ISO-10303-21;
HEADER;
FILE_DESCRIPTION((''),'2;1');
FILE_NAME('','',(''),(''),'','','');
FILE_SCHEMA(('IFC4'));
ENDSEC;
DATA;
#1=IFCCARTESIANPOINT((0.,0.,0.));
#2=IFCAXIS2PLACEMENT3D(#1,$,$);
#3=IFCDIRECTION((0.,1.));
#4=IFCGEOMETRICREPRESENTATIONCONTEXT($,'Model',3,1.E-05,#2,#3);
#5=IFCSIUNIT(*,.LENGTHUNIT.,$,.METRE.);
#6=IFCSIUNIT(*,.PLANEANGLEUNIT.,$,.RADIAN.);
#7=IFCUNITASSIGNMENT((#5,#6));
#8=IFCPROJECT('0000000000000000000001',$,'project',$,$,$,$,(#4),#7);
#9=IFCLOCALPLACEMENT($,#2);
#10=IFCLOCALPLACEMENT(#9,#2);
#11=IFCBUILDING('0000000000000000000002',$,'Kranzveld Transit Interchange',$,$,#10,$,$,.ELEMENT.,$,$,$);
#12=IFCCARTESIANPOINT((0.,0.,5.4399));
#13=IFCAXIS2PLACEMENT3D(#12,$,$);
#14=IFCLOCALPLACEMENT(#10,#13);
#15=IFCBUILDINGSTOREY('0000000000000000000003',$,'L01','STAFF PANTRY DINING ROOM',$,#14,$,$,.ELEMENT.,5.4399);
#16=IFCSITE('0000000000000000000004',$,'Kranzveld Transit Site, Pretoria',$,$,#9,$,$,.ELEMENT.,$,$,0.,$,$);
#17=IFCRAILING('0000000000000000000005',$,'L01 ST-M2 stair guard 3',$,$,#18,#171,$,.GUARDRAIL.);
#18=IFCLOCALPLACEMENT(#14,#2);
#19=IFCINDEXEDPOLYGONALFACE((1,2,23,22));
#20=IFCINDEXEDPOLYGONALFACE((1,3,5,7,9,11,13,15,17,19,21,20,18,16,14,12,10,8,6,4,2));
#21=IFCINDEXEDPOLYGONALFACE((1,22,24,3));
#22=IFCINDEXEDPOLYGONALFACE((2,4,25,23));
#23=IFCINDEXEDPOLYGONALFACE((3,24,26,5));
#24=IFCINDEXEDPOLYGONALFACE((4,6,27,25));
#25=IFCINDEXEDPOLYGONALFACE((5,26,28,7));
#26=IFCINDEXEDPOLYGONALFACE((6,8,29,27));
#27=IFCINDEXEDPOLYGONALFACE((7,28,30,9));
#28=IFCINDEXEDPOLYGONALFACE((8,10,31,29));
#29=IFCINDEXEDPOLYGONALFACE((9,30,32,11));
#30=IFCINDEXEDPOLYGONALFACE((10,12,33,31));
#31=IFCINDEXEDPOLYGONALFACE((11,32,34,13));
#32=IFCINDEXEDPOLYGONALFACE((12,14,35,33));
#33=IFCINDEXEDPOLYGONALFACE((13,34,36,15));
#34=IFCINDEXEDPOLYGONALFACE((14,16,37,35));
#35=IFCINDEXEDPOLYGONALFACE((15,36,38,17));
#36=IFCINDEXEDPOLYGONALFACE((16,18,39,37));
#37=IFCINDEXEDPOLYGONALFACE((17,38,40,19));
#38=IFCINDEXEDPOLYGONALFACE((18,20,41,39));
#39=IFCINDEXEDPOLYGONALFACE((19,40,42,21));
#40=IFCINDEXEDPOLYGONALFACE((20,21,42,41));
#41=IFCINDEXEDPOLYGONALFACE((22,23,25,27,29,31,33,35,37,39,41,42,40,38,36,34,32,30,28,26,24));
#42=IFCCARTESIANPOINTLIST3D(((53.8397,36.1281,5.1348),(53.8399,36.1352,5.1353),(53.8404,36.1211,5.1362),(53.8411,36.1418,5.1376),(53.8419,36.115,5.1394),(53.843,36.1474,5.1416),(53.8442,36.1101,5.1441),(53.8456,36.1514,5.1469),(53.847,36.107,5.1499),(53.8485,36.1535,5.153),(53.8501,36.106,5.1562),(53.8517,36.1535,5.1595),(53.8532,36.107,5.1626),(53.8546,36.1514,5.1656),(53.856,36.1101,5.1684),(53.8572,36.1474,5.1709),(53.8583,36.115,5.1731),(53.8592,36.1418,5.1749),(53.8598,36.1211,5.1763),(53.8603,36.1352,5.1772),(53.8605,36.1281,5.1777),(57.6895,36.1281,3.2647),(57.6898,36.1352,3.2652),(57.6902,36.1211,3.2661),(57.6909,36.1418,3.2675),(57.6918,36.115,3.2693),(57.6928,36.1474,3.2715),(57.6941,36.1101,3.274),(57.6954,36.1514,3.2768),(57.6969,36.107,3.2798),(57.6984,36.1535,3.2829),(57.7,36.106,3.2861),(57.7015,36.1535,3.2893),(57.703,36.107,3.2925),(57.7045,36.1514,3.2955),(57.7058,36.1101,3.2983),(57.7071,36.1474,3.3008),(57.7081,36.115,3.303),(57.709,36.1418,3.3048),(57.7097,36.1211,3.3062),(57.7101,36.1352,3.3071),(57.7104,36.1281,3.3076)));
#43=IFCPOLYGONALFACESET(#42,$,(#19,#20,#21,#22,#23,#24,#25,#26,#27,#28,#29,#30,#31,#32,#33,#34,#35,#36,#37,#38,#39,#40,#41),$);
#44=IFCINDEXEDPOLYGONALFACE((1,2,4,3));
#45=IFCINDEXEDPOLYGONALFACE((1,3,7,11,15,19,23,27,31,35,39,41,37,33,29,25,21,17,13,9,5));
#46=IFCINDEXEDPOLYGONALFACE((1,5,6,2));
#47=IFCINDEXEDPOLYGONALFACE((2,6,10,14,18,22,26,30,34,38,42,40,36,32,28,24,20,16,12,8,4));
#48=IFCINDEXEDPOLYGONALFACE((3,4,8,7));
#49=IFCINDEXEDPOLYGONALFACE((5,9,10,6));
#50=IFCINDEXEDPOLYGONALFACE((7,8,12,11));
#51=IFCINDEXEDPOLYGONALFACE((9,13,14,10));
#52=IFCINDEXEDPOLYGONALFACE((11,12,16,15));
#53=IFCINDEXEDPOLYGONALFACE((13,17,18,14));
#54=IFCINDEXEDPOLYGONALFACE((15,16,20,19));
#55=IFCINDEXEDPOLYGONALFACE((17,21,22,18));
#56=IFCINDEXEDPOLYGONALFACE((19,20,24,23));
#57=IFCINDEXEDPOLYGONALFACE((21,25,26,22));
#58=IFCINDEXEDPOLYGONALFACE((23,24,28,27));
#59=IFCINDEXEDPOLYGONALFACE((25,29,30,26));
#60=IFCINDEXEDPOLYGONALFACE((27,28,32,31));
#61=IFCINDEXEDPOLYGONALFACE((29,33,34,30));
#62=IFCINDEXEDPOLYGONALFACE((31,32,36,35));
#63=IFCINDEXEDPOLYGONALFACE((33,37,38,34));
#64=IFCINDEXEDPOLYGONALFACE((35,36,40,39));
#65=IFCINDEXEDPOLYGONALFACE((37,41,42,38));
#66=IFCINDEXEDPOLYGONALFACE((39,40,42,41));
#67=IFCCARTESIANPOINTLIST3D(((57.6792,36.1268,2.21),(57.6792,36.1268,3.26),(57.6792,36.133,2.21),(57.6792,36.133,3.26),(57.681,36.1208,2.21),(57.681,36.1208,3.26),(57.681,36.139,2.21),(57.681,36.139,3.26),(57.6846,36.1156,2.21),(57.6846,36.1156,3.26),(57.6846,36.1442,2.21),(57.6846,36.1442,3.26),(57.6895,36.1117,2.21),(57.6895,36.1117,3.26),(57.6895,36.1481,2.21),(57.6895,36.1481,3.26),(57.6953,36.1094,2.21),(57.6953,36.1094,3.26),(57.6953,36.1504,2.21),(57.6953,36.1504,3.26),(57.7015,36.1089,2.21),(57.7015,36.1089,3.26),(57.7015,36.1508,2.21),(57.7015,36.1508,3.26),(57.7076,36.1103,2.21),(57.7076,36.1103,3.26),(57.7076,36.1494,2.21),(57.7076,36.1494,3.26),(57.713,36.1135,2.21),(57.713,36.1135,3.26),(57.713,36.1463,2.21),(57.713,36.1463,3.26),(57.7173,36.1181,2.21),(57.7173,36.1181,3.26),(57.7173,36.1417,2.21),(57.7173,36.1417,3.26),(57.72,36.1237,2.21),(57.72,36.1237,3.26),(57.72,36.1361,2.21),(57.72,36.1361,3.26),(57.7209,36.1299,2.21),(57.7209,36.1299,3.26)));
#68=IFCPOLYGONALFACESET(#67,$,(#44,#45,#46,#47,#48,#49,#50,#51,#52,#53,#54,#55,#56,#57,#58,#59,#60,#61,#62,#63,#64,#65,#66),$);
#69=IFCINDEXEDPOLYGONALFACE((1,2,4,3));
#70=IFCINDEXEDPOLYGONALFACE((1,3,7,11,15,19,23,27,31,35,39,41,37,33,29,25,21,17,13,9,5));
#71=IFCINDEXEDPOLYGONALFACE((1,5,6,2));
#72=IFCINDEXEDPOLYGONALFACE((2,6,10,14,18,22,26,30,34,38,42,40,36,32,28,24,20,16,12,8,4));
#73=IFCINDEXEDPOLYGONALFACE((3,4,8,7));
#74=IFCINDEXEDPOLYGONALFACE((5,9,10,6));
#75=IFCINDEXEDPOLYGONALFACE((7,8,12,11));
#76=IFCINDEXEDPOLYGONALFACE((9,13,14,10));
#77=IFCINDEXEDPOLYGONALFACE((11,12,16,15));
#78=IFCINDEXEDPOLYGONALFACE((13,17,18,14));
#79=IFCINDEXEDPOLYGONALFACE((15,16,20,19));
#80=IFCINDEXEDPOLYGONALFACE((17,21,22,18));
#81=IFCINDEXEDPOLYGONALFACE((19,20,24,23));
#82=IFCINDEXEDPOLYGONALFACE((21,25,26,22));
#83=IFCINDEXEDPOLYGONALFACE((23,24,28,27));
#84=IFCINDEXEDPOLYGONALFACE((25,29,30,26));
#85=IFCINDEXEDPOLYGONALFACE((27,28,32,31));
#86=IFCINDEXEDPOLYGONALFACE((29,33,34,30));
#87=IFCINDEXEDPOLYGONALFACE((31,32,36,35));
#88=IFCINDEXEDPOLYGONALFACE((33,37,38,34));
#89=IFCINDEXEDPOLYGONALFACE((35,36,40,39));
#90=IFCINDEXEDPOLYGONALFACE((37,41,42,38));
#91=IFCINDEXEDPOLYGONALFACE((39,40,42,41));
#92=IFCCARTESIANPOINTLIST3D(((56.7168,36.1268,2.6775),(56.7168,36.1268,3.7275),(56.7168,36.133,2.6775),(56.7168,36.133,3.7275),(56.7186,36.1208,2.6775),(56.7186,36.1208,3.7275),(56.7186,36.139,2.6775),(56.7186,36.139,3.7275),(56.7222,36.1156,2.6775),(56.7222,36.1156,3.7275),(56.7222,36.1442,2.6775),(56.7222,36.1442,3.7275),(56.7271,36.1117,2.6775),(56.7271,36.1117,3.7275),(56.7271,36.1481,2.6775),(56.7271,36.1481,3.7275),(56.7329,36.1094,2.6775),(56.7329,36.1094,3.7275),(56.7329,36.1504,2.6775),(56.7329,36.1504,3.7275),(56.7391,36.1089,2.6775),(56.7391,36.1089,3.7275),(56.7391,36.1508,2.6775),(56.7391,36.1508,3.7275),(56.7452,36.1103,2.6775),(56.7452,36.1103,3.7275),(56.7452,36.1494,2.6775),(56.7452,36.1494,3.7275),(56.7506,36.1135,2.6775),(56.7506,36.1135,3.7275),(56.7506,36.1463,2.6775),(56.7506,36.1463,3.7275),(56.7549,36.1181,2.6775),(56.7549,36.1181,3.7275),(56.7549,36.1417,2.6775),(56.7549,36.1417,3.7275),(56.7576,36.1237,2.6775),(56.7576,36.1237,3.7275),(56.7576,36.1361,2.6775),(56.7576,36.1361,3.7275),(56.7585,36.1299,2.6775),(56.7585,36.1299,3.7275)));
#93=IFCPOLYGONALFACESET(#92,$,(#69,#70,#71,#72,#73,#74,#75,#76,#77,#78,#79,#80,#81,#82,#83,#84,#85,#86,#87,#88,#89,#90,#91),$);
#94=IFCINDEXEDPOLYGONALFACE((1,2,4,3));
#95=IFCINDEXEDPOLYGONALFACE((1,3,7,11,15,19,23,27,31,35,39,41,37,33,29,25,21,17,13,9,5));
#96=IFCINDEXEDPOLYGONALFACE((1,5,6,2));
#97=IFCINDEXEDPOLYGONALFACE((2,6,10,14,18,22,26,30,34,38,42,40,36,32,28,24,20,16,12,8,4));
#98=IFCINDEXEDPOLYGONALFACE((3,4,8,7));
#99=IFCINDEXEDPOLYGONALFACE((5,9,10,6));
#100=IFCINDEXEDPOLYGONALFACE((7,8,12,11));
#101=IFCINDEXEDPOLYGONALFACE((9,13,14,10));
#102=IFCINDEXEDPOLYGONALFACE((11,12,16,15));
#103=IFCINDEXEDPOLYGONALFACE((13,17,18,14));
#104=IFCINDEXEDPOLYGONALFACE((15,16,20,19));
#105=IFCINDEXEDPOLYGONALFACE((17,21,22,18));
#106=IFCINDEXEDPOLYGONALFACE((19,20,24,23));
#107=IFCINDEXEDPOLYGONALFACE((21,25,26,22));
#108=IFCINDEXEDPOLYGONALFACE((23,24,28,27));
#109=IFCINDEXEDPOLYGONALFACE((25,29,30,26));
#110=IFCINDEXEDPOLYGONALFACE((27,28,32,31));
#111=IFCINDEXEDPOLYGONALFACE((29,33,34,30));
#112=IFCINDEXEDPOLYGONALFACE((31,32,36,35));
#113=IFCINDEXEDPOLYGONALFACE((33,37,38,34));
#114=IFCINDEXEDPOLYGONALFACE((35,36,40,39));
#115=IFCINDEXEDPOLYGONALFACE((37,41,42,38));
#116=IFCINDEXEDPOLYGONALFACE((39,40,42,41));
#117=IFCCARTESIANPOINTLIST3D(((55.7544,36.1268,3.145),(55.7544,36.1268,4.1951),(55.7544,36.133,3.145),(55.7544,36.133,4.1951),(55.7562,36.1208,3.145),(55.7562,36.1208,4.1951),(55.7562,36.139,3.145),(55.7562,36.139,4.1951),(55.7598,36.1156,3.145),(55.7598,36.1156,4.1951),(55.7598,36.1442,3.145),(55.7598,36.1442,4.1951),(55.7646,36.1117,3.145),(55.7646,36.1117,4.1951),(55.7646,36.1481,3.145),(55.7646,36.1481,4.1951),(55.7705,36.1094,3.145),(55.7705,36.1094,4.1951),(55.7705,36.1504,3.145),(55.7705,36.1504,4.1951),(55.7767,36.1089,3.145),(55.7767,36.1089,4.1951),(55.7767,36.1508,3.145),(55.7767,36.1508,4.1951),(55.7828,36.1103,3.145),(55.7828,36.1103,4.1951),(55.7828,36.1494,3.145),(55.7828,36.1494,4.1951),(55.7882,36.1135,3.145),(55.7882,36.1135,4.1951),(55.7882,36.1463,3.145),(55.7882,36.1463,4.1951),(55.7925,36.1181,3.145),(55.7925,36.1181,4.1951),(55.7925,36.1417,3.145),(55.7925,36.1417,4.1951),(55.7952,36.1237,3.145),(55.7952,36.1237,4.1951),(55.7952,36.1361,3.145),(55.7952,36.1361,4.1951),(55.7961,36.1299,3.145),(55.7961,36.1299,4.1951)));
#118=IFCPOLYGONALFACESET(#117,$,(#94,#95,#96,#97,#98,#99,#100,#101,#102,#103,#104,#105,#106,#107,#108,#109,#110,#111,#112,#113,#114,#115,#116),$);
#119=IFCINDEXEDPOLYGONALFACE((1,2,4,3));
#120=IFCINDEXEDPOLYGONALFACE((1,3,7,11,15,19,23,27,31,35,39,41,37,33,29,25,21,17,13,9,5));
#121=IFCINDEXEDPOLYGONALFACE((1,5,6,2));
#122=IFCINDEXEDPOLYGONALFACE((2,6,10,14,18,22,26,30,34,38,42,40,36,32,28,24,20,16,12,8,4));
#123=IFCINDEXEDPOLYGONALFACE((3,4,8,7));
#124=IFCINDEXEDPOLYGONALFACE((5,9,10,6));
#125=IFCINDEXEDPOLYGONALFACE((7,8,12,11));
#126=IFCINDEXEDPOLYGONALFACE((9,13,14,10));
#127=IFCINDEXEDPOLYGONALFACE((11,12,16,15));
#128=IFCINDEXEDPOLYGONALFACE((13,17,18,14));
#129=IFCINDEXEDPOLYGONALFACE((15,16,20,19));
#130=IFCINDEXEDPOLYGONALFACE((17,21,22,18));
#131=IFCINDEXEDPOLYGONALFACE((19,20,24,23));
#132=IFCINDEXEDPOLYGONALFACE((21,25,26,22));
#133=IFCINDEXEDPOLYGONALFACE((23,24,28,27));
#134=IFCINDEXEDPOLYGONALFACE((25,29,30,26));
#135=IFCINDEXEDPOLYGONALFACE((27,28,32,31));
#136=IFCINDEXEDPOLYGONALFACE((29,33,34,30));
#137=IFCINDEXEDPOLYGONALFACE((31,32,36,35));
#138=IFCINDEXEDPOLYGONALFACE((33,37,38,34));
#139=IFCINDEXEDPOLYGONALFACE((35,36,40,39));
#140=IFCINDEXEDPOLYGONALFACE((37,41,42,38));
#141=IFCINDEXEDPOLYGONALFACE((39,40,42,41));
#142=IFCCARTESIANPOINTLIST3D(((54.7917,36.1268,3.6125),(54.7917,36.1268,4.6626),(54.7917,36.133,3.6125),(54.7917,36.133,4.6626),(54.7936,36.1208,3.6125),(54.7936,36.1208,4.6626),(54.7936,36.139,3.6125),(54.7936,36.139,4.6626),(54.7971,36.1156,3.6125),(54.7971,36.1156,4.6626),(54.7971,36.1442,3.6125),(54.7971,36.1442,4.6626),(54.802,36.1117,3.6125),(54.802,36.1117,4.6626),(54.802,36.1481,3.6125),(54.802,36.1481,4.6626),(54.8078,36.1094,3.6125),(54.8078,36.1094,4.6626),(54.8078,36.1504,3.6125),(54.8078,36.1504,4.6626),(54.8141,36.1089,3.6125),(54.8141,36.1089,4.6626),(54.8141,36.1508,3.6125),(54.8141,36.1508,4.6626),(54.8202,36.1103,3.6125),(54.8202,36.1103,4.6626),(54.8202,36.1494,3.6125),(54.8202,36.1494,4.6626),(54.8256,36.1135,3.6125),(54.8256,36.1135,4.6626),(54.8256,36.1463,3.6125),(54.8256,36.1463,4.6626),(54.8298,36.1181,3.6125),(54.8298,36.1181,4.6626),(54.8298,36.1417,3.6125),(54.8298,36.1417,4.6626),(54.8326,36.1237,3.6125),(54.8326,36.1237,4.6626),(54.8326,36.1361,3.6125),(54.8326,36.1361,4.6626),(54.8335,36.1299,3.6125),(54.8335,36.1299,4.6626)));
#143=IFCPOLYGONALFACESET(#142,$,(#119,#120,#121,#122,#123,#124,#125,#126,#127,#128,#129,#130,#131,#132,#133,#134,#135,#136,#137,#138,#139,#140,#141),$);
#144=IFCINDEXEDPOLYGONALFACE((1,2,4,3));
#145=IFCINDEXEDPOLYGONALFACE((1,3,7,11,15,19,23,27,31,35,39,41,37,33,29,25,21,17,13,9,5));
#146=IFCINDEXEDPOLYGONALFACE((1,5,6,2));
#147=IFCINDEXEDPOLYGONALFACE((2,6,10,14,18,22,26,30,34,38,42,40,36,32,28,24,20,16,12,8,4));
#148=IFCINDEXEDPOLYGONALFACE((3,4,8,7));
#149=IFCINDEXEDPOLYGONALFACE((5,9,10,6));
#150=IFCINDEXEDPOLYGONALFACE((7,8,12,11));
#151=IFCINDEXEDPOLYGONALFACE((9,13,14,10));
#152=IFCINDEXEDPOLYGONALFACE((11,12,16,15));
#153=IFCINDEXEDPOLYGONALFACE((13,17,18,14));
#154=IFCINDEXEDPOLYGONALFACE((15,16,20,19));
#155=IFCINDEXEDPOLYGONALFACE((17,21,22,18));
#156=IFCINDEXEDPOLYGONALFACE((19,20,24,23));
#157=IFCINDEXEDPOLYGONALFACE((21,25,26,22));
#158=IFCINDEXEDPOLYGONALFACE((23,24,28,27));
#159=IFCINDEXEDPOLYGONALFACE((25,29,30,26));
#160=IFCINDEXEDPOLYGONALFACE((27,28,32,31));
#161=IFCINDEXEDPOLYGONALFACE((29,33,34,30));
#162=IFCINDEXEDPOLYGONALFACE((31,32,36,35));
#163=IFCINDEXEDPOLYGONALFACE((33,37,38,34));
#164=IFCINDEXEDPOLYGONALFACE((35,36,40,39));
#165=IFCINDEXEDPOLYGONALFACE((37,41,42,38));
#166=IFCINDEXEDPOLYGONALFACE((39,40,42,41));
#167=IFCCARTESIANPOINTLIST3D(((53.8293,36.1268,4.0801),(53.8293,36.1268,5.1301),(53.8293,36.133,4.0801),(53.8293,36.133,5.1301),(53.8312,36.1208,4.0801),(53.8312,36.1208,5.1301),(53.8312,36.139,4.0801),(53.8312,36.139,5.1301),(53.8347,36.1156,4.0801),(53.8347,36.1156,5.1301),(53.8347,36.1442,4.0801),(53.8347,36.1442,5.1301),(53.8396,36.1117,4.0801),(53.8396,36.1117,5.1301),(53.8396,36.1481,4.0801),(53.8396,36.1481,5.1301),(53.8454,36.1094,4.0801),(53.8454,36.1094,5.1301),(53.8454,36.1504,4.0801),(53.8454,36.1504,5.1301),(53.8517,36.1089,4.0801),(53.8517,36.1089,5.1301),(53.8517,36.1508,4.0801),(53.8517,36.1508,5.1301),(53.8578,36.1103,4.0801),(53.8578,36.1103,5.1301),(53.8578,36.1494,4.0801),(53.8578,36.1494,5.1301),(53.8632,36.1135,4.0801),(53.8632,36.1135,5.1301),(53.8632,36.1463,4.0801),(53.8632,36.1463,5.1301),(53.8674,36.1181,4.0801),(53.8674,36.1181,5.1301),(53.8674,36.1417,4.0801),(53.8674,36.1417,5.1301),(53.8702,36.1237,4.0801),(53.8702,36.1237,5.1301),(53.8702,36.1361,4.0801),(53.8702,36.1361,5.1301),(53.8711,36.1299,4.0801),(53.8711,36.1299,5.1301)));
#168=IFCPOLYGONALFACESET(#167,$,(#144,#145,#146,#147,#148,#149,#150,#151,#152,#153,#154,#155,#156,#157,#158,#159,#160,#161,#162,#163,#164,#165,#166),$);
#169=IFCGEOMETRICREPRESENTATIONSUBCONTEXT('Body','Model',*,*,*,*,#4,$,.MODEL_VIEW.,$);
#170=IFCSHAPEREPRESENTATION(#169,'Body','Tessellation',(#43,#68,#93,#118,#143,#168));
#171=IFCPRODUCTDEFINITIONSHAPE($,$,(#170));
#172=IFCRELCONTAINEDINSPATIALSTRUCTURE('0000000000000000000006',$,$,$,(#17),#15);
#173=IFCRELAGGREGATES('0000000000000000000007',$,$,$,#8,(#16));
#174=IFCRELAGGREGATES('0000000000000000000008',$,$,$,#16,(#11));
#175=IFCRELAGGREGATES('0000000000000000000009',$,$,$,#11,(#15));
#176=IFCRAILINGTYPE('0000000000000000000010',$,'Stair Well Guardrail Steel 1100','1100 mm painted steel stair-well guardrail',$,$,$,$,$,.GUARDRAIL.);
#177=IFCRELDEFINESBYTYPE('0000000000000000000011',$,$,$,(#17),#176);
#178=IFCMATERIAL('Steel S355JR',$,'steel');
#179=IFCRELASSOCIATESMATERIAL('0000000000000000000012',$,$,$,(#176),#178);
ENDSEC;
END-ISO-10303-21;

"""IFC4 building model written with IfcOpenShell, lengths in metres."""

from ifc_helpers import new_model, si_unit, direction, frame, origin, origin_2d, place, context, subcontext, project, spatial, circle, extrude, material, type_object, element, save


model = new_model("IFC4")

# Units and contexts
model_context = context("Model", 3, precision=1e-05, world=origin(), true_north=direction((0.0, 1.0)))
body_context = subcontext(model_context, "Body", "Model", "MODEL_VIEW")
ifc_project = project(units=[si_unit("LENGTHUNIT", "METRE"), si_unit("PLANEANGLEUNIT", "RADIAN")], contexts=[model_context])

# Site, building, storey
site_placement = place(None, origin())
site = spatial("IfcSite", under=ifc_project, at=site_placement, Name="Kranzveld Transit Site, Pretoria", CompositionType="ELEMENT", RefElevation=0.0)
building_placement = place(site_placement, origin())
building = spatial("IfcBuilding", under=site, at=building_placement, Name="Kranzveld Transit Interchange", CompositionType="ELEMENT")
storey_placement = place(building_placement, frame((0.0, 0.0, 5.4399)))
storey = spatial("IfcBuildingStorey", under=building, at=storey_placement, Name="L01", Description="STAFF PANTRY DINING ROOM", CompositionType="ELEMENT", Elevation=5.4399)

# Railing
ifc_material_1 = material(Name="Steel S355JR", Category="steel")
railing_type_1 = type_object("IfcRailingType", Name="Stair Well Guardrail Steel 1100", Description="1100 mm painted steel stair-well guardrail", PredefinedType="GUARDRAIL", material=ifc_material_1)
railing_1_placement = place(storey_placement, frame((57.7, 36.1299, 2.21)))
element("IfcRailing", 1, at=railing_1_placement, inside=storey, type_object=railing_type_1, Name="L01 ST-M2 stair guard 3", PredefinedType="GUARDRAIL", context=body_context, shape_type="SweptSolid", body=[
    extrude(circle(Radius=0.0239, at=origin_2d()), frame((0.0, 0.0, 1.0762), z_axis=(-0.899491, 0.0, 0.43694), x_axis=(0.0, -1.0, 0.0)), (0.0, 0.0, 1.0), 4.28),
    extrude(circle(Radius=0.021, at=origin_2d()), origin(), (0.0, 0.0, 1.0), 1.05),
    extrude(circle(Radius=0.021, at=origin_2d()), frame((-0.9624, 0.0, 0.4675)), (0.0, 0.0, 1.0), 1.05),
    extrude(circle(Radius=0.021, at=origin_2d()), frame((-1.9248, 0.0, 0.9351)), (0.0, 0.0, 1.0), 1.05),
    extrude(circle(Radius=0.021, at=origin_2d()), frame((-2.8875, 0.0, 1.4026)), (0.0, 0.0, 1.0), 1.05),
    extrude(circle(Radius=0.021, at=origin_2d()), frame((-3.8499, 0.0, 1.8701)), (0.0, 0.0, 1.0), 1.05),
])

save(model, "model.ifc")
